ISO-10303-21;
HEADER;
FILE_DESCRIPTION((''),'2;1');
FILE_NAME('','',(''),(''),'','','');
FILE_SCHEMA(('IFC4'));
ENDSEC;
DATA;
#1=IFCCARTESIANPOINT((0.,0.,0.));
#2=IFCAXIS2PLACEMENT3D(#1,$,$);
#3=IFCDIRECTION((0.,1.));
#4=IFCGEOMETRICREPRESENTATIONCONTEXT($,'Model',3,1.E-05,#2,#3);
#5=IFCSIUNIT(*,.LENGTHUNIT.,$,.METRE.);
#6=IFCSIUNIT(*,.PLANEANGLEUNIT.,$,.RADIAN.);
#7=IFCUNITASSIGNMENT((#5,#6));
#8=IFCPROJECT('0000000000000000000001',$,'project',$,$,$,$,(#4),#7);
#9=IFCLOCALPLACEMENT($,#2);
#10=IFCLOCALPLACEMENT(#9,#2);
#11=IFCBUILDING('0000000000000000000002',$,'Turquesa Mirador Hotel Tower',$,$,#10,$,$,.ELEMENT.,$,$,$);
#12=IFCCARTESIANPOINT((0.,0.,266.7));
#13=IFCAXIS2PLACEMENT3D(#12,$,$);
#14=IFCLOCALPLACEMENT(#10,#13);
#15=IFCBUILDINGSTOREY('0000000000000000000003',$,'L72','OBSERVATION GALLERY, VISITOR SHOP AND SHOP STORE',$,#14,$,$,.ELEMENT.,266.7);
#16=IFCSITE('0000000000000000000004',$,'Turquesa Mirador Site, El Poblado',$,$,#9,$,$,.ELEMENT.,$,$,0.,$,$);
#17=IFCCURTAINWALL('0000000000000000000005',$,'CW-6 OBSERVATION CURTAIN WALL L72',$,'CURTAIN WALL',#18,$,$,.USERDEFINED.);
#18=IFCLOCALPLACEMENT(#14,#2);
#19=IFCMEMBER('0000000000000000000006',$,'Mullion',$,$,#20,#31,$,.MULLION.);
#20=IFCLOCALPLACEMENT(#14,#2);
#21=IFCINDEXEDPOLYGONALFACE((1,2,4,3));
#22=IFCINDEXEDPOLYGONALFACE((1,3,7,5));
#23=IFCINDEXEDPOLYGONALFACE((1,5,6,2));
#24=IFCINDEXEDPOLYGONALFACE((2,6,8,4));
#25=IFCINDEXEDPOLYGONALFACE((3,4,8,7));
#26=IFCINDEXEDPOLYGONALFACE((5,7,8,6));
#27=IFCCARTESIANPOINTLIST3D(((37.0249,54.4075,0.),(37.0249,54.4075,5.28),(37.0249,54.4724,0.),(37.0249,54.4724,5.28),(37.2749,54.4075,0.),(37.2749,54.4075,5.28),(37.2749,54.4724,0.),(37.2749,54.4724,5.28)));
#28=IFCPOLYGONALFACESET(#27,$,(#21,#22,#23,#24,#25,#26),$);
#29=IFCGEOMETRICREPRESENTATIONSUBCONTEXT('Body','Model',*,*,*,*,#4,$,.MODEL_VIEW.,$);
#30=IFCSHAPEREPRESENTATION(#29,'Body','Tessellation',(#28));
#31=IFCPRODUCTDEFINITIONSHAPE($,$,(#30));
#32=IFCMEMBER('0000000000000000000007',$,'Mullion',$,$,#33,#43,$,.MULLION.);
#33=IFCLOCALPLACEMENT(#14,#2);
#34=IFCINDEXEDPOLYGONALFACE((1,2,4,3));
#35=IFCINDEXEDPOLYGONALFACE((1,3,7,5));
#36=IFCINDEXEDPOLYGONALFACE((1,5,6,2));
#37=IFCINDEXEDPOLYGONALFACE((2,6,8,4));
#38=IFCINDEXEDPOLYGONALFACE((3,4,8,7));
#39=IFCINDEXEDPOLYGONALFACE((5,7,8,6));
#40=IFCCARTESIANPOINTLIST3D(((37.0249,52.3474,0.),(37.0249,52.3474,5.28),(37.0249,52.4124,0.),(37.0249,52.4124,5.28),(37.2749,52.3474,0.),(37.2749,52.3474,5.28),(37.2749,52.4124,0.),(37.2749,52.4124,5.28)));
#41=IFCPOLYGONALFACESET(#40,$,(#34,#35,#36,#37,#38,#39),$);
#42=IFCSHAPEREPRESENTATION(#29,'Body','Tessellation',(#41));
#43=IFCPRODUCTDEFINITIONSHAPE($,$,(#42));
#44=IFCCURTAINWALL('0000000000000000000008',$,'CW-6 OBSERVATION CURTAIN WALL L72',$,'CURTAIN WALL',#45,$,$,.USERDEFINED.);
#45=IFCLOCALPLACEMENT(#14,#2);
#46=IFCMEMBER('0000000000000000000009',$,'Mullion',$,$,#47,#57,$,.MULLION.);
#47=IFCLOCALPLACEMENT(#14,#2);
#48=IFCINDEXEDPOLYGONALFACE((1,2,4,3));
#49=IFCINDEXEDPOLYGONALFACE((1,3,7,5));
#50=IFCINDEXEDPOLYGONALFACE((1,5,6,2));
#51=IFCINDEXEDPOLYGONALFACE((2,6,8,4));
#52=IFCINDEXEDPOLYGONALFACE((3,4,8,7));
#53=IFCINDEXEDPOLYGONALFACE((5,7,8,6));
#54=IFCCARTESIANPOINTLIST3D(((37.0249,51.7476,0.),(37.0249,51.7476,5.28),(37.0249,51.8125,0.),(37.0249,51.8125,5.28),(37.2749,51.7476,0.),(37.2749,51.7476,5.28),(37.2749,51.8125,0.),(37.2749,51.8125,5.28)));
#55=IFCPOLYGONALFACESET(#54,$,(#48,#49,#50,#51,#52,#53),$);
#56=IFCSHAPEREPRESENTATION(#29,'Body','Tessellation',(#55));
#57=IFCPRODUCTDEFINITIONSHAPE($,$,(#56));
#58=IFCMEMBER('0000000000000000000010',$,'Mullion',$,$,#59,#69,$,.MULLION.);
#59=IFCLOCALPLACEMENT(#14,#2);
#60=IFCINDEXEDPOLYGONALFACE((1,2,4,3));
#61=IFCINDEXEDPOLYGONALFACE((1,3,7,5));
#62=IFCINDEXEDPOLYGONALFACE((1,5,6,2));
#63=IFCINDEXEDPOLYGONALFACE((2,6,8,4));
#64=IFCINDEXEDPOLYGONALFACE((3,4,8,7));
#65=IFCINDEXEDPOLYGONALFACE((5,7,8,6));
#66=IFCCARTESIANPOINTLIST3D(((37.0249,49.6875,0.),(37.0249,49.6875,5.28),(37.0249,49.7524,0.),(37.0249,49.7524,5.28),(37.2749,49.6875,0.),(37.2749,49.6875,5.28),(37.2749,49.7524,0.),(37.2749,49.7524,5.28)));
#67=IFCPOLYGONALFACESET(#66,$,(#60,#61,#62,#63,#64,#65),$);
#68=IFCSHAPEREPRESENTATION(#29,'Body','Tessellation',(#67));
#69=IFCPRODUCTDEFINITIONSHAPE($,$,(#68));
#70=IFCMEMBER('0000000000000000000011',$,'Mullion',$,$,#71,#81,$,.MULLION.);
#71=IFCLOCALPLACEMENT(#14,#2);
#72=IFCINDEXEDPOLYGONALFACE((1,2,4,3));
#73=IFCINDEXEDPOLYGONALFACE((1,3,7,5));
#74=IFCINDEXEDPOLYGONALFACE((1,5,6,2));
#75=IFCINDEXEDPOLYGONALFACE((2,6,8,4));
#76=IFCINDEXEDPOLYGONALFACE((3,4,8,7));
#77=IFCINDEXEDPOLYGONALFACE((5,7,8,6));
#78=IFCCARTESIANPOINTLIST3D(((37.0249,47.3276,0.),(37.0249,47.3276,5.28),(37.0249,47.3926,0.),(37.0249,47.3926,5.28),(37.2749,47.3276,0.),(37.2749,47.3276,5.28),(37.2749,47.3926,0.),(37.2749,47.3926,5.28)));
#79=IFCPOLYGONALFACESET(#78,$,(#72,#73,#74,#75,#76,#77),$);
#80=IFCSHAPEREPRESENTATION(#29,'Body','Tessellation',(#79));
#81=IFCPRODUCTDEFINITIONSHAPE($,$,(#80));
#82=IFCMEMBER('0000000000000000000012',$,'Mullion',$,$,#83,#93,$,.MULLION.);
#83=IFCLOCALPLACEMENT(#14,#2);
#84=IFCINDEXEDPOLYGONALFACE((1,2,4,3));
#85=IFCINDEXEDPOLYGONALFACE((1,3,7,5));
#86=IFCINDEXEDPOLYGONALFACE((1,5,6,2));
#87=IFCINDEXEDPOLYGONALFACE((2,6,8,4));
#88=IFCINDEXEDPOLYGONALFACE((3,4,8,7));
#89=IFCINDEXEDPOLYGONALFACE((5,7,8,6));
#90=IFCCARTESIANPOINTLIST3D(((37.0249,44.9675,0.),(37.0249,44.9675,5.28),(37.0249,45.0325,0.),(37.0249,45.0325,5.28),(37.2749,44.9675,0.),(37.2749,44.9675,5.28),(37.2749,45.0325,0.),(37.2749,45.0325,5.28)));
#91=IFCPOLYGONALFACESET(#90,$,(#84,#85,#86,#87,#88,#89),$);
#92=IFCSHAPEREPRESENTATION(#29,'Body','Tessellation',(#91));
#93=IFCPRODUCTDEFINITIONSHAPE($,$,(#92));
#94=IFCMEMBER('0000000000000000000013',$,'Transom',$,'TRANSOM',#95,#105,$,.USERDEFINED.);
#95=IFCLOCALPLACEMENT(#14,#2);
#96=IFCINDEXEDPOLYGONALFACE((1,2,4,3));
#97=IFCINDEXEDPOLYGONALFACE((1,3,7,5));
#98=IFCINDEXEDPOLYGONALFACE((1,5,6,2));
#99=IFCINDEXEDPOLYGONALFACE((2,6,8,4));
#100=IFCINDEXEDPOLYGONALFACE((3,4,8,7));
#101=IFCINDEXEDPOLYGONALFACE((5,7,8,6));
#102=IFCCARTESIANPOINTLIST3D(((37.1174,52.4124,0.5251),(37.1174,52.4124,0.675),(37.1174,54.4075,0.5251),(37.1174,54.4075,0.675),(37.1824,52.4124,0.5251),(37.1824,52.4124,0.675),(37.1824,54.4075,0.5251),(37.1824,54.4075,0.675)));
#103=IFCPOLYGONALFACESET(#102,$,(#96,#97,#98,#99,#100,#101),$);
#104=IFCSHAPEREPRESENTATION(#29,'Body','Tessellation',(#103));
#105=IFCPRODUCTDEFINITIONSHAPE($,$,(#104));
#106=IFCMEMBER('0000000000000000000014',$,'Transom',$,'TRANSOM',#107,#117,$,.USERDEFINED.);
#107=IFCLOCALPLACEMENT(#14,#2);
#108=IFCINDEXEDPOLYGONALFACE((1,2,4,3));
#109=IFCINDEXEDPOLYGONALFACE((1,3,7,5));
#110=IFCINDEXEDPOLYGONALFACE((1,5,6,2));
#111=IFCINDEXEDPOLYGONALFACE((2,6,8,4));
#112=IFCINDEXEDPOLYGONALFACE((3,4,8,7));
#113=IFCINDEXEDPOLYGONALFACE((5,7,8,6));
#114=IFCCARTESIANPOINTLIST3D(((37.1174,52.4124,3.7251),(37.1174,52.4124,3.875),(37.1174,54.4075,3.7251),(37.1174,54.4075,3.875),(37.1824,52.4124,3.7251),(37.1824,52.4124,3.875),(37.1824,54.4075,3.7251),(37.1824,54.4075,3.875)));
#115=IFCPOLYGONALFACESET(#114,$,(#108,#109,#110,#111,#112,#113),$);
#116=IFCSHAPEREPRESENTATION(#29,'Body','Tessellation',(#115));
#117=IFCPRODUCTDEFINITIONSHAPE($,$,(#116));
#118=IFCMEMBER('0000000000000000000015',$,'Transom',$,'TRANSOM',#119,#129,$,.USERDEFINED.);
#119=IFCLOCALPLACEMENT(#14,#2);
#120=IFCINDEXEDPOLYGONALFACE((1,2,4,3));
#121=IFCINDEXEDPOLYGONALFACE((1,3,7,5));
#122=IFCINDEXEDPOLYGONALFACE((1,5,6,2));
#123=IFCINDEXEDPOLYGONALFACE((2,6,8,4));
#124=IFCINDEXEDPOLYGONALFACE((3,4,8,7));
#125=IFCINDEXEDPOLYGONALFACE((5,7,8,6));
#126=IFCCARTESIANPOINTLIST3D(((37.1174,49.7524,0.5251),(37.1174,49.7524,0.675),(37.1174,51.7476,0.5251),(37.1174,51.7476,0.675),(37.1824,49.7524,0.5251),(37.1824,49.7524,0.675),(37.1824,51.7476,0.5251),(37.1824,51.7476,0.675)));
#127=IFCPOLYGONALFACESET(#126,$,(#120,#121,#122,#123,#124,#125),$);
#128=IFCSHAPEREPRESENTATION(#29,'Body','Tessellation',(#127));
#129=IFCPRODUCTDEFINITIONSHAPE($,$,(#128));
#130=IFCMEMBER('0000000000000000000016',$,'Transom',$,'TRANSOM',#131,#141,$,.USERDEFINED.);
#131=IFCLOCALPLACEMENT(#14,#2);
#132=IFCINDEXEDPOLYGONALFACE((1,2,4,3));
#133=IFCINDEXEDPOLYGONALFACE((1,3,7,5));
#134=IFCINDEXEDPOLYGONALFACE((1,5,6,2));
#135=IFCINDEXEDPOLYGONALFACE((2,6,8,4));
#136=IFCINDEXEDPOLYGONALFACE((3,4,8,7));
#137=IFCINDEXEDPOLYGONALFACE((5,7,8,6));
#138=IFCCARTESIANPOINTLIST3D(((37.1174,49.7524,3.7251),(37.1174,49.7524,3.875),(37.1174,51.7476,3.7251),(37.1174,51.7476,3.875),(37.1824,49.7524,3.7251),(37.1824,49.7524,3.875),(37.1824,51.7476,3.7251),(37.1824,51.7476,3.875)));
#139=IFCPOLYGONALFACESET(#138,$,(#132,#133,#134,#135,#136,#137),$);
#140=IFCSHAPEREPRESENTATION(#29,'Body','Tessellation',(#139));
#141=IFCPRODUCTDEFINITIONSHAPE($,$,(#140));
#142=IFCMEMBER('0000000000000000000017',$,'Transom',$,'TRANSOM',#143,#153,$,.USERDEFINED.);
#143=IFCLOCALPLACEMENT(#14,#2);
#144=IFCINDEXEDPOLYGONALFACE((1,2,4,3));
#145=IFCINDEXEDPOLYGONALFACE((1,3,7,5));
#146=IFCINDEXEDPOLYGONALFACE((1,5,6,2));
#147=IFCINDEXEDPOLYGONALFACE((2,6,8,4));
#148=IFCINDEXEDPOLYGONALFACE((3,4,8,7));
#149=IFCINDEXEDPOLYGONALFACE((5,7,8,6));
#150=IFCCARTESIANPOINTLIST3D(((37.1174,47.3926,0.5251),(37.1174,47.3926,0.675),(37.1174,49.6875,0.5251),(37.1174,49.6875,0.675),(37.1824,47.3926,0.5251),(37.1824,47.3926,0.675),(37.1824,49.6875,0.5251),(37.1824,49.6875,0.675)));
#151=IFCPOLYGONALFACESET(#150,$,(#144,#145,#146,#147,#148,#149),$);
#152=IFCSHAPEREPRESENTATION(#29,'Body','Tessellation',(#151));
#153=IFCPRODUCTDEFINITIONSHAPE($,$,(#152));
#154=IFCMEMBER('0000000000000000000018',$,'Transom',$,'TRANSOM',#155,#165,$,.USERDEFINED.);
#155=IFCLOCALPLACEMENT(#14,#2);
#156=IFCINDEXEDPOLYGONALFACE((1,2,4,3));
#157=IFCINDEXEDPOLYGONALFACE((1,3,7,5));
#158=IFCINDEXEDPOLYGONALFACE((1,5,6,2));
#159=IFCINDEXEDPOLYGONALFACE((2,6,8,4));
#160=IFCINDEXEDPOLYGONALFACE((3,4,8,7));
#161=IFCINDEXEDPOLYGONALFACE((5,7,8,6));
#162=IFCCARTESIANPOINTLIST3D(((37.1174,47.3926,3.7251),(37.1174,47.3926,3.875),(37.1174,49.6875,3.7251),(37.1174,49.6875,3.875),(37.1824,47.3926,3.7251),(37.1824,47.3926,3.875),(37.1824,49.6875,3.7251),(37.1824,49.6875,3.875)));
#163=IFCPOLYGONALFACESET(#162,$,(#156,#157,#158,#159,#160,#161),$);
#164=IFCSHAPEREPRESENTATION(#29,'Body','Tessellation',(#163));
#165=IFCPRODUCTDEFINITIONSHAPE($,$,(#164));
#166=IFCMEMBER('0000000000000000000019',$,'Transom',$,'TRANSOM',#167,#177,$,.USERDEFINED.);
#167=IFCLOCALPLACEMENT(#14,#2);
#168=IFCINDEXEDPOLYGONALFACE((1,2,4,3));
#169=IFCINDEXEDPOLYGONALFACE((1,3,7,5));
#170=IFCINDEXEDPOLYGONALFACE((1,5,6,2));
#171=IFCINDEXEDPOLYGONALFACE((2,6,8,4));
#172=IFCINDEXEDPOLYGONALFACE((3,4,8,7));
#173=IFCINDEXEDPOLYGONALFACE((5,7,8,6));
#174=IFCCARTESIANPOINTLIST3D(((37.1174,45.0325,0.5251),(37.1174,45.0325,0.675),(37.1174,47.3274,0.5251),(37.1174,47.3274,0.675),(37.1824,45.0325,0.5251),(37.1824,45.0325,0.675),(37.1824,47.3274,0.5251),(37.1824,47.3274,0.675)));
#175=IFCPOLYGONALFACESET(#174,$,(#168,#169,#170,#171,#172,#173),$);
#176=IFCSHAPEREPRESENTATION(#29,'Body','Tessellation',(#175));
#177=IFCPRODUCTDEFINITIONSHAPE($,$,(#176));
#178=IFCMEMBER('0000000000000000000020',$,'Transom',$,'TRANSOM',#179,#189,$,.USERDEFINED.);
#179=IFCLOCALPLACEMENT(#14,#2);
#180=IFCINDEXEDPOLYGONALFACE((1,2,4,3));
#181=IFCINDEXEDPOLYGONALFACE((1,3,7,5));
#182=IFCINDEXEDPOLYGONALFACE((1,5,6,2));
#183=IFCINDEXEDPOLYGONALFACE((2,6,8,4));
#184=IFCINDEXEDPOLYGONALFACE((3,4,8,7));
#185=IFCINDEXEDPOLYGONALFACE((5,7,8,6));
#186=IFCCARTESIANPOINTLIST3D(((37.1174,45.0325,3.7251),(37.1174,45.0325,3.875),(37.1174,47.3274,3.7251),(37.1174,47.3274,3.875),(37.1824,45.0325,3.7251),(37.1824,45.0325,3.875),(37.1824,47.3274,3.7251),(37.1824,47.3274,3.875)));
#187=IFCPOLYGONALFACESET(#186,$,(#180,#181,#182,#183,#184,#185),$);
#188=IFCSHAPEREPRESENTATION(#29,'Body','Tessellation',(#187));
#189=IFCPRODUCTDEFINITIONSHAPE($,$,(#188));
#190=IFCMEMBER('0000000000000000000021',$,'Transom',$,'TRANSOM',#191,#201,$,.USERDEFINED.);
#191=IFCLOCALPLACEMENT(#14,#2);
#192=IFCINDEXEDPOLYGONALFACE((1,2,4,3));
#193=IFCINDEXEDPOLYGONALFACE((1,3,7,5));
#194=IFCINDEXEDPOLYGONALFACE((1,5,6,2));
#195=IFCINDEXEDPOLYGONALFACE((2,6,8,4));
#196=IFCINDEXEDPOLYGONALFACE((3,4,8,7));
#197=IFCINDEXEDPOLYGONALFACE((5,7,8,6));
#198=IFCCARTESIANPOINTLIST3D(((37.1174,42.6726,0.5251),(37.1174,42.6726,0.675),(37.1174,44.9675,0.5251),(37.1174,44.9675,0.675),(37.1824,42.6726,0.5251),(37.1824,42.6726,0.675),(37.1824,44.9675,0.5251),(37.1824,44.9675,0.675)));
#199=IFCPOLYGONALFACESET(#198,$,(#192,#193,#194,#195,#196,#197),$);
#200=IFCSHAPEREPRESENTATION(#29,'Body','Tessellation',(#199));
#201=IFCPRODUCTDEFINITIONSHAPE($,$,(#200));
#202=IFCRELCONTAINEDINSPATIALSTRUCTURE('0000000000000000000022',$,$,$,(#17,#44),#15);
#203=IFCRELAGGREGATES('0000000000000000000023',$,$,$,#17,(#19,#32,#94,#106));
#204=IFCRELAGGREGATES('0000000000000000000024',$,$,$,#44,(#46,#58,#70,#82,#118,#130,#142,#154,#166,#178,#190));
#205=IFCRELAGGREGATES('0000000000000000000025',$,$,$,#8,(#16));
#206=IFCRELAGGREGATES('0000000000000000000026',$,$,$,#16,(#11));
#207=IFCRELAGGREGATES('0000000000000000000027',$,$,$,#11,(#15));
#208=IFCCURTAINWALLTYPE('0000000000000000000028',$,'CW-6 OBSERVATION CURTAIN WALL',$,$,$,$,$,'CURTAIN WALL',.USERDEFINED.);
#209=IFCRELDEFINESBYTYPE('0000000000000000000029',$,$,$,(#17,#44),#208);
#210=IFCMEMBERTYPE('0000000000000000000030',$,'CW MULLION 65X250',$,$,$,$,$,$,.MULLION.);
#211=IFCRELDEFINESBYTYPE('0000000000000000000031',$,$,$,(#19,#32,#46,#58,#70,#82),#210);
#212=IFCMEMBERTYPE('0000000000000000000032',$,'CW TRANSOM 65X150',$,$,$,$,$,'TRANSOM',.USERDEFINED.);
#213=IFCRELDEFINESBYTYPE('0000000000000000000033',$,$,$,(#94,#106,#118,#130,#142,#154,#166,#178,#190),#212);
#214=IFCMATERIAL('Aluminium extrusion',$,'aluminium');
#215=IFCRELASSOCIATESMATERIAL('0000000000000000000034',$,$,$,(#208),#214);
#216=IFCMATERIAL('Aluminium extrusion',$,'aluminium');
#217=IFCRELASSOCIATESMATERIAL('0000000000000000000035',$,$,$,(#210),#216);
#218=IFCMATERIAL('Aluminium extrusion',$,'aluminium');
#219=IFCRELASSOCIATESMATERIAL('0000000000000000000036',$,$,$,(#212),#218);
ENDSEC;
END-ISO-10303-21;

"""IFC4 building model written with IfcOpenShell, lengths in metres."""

from ifc_helpers import new_model, si_unit, direction, frame, origin, origin_2d, place, context, subcontext, project, spatial, rectangle, extrude, material, material_profile, profile_set, type_object, element, aggregate, save


model = new_model("IFC4")

# Units and contexts
model_context = context("Model", 3, precision=1e-05, world=origin(), true_north=direction((0.0, 1.0)))
body_context = subcontext(model_context, "Body", "Model", "MODEL_VIEW")
ifc_project = project(units=[si_unit("LENGTHUNIT", "METRE"), si_unit("PLANEANGLEUNIT", "RADIAN")], contexts=[model_context])

# Site, building, storey
site_placement = place(None, origin())
site = spatial("IfcSite", under=ifc_project, at=site_placement, Name="Turquesa Mirador Site, El Poblado", CompositionType="ELEMENT", RefElevation=0.0)
building_placement = place(site_placement, origin())
building = spatial("IfcBuilding", under=site, at=building_placement, Name="Turquesa Mirador Hotel Tower", CompositionType="ELEMENT")
storey_placement = place(building_placement, frame((0.0, 0.0, 266.7)))
storey = spatial("IfcBuildingStorey", under=building, at=storey_placement, Name="L72", Description="OBSERVATION GALLERY, VISITOR SHOP AND SHOP STORE", CompositionType="ELEMENT", Elevation=266.7)

# Curtain walls, members
ifc_material_1 = material(Name="Aluminium extrusion", Category="aluminium")
curtain_wall_type = type_object("IfcCurtainWallType", Name="CW-6 OBSERVATION CURTAIN WALL", ElementType="CURTAIN WALL", PredefinedType="USERDEFINED", material=ifc_material_1)
curtain_wall_1_placement = place(storey_placement, origin())
curtain_wall_1 = element("IfcCurtainWall", 1, at=curtain_wall_1_placement, inside=storey, type_object=curtain_wall_type, Name="CW-6 OBSERVATION CURTAIN WALL L72", ObjectType="CURTAIN WALL", PredefinedType="USERDEFINED")
ifc_material_2 = material(Name="Aluminium extrusion", Category="aluminium")
ifc_material_profile_1 = material_profile(ifc_material_2, rectangle(XDim=0.0649, YDim=0.25, at=origin_2d()), Name="MULLION 65X250")
ifc_profile_set_1 = profile_set([ifc_material_profile_1], Name="Aluminium extrusion")
member_type_1 = type_object("IfcMemberType", Name="CW MULLION 65X250", PredefinedType="MULLION", material=ifc_profile_set_1)
member_1_placement = place(storey_placement, frame((37.1499, 54.4399, 0.0), z_axis=(0.0, 0.0, 1.0), x_axis=(0.0, -1.0, 0.0)))
member_1 = element("IfcMember", 2, at=member_1_placement, type_object=member_type_1, Name="Mullion", PredefinedType="MULLION", context=body_context, shape_type="SweptSolid", body=[
    extrude(rectangle(XDim=0.0649, YDim=0.25, at=origin_2d()), origin(), (0.0, 0.0, 1.0), 5.28),
])
member_2_placement = place(storey_placement, frame((37.1499, 52.3799, 0.0), z_axis=(0.0, 0.0, 1.0), x_axis=(0.0, -1.0, 0.0)))
member_2 = element("IfcMember", 3, at=member_2_placement, type_object=member_type_1, Name="Mullion", PredefinedType="MULLION", context=body_context, shape_type="SweptSolid", body=[
    extrude(rectangle(XDim=0.0649, YDim=0.25, at=origin_2d()), origin(), (0.0, 0.0, 1.0), 5.28),
])
curtain_wall_2_placement = place(storey_placement, origin())
curtain_wall_2 = element("IfcCurtainWall", 4, at=curtain_wall_2_placement, inside=storey, type_object=curtain_wall_type, Name="CW-6 OBSERVATION CURTAIN WALL L72", ObjectType="CURTAIN WALL", PredefinedType="USERDEFINED")
member_3_placement = place(storey_placement, frame((37.1499, 51.78, 0.0), z_axis=(0.0, 0.0, 1.0), x_axis=(0.0, -1.0, 0.0)))
member_3 = element("IfcMember", 5, at=member_3_placement, type_object=member_type_1, Name="Mullion", PredefinedType="MULLION", context=body_context, shape_type="SweptSolid", body=[
    extrude(rectangle(XDim=0.0649, YDim=0.25, at=origin_2d()), origin(), (0.0, 0.0, 1.0), 5.28),
])
member_4_placement = place(storey_placement, frame((37.1499, 49.72, 0.0), z_axis=(0.0, 0.0, 1.0), x_axis=(0.0, -1.0, 0.0)))
member_4 = element("IfcMember", 6, at=member_4_placement, type_object=member_type_1, Name="Mullion", PredefinedType="MULLION", context=body_context, shape_type="SweptSolid", body=[
    extrude(rectangle(XDim=0.0649, YDim=0.25, at=origin_2d()), origin(), (0.0, 0.0, 1.0), 5.28),
])
member_5_placement = place(storey_placement, frame((37.1499, 47.3601, 0.0), z_axis=(0.0, 0.0, 1.0), x_axis=(0.0, -1.0, 0.0)))
member_5 = element("IfcMember", 7, at=member_5_placement, type_object=member_type_1, Name="Mullion", PredefinedType="MULLION", context=body_context, shape_type="SweptSolid", body=[
    extrude(rectangle(XDim=0.0649, YDim=0.25, at=origin_2d()), origin(), (0.0, 0.0, 1.0), 5.28),
])
member_6_placement = place(storey_placement, frame((37.1499, 45.0, 0.0), z_axis=(0.0, 0.0, 1.0), x_axis=(0.0, -1.0, 0.0)))
member_6 = element("IfcMember", 8, at=member_6_placement, type_object=member_type_1, Name="Mullion", PredefinedType="MULLION", context=body_context, shape_type="SweptSolid", body=[
    extrude(rectangle(XDim=0.0649, YDim=0.25, at=origin_2d()), origin(), (0.0, 0.0, 1.0), 5.28),
])

# Members
ifc_material_3 = material(Name="Aluminium extrusion", Category="aluminium")
ifc_material_profile_2 = material_profile(ifc_material_3, rectangle(XDim=0.0649, YDim=0.1499, at=origin_2d()), Name="TRANSOM 65X150")
ifc_profile_set_2 = profile_set([ifc_material_profile_2], Name="Aluminium extrusion")
member_type_2 = type_object("IfcMemberType", Name="CW TRANSOM 65X150", ElementType="TRANSOM", PredefinedType="USERDEFINED", material=ifc_profile_set_2)
member_7_placement = place(storey_placement, frame((37.1499, 54.4075, 0.6001), z_axis=(0.0, -1.0, 0.0), x_axis=(1.0, 0.0, 0.0)))
member_7 = element("IfcMember", 9, at=member_7_placement, type_object=member_type_2, Name="Transom", ObjectType="TRANSOM", PredefinedType="USERDEFINED", context=body_context, shape_type="SweptSolid", body=[
    extrude(rectangle(XDim=0.0649, YDim=0.1499, at=origin_2d()), origin(), (0.0, 0.0, 1.0), 1.9951),
])
member_8_placement = place(storey_placement, frame((37.1499, 54.4075, 3.8), z_axis=(0.0, -1.0, 0.0), x_axis=(1.0, 0.0, 0.0)))
member_8 = element("IfcMember", 10, at=member_8_placement, type_object=member_type_2, Name="Transom", ObjectType="TRANSOM", PredefinedType="USERDEFINED", context=body_context, shape_type="SweptSolid", body=[
    extrude(rectangle(XDim=0.0649, YDim=0.1499, at=origin_2d()), origin(), (0.0, 0.0, 1.0), 1.9951),
])
member_9_placement = place(storey_placement, frame((37.1499, 51.7476, 0.6001), z_axis=(0.0, -1.0, 0.0), x_axis=(1.0, 0.0, 0.0)))
member_9 = element("IfcMember", 11, at=member_9_placement, type_object=member_type_2, Name="Transom", ObjectType="TRANSOM", PredefinedType="USERDEFINED", context=body_context, shape_type="SweptSolid", body=[
    extrude(rectangle(XDim=0.0649, YDim=0.1499, at=origin_2d()), origin(), (0.0, 0.0, 1.0), 1.9951),
])
member_10_placement = place(storey_placement, frame((37.1499, 51.7476, 3.8), z_axis=(0.0, -1.0, 0.0), x_axis=(1.0, 0.0, 0.0)))
member_10 = element("IfcMember", 12, at=member_10_placement, type_object=member_type_2, Name="Transom", ObjectType="TRANSOM", PredefinedType="USERDEFINED", context=body_context, shape_type="SweptSolid", body=[
    extrude(rectangle(XDim=0.0649, YDim=0.1499, at=origin_2d()), origin(), (0.0, 0.0, 1.0), 1.9951),
])
member_11_placement = place(storey_placement, frame((37.1499, 49.6875, 0.6001), z_axis=(0.0, -1.0, 0.0), x_axis=(1.0, 0.0, 0.0)))
member_11 = element("IfcMember", 13, at=member_11_placement, type_object=member_type_2, Name="Transom", ObjectType="TRANSOM", PredefinedType="USERDEFINED", context=body_context, shape_type="SweptSolid", body=[
    extrude(rectangle(XDim=0.0649, YDim=0.1499, at=origin_2d()), origin(), (0.0, 0.0, 1.0), 2.2949),
])
member_12_placement = place(storey_placement, frame((37.1499, 49.6875, 3.8), z_axis=(0.0, -1.0, 0.0), x_axis=(1.0, 0.0, 0.0)))
member_12 = element("IfcMember", 14, at=member_12_placement, type_object=member_type_2, Name="Transom", ObjectType="TRANSOM", PredefinedType="USERDEFINED", context=body_context, shape_type="SweptSolid", body=[
    extrude(rectangle(XDim=0.0649, YDim=0.1499, at=origin_2d()), origin(), (0.0, 0.0, 1.0), 2.2949),
])
member_13_placement = place(storey_placement, frame((37.1499, 47.3274, 0.6001), z_axis=(0.0, -1.0, 0.0), x_axis=(1.0, 0.0, 0.0)))
member_13 = element("IfcMember", 15, at=member_13_placement, type_object=member_type_2, Name="Transom", ObjectType="TRANSOM", PredefinedType="USERDEFINED", context=body_context, shape_type="SweptSolid", body=[
    extrude(rectangle(XDim=0.0649, YDim=0.1499, at=origin_2d()), origin(), (0.0, 0.0, 1.0), 2.2949),
])
member_14_placement = place(storey_placement, frame((37.1499, 47.3274, 3.8), z_axis=(0.0, -1.0, 0.0), x_axis=(1.0, 0.0, 0.0)))
member_14 = element("IfcMember", 16, at=member_14_placement, type_object=member_type_2, Name="Transom", ObjectType="TRANSOM", PredefinedType="USERDEFINED", context=body_context, shape_type="SweptSolid", body=[
    extrude(rectangle(XDim=0.0649, YDim=0.1499, at=origin_2d()), origin(), (0.0, 0.0, 1.0), 2.2949),
])
member_15_placement = place(storey_placement, frame((37.1499, 44.9675, 0.6001), z_axis=(0.0, -1.0, 0.0), x_axis=(1.0, 0.0, 0.0)))
member_15 = element("IfcMember", 17, at=member_15_placement, type_object=member_type_2, Name="Transom", ObjectType="TRANSOM", PredefinedType="USERDEFINED", context=body_context, shape_type="SweptSolid", body=[
    extrude(rectangle(XDim=0.0649, YDim=0.1499, at=origin_2d()), origin(), (0.0, 0.0, 1.0), 2.2949),
])

aggregate(curtain_wall_1, [member_1, member_2, member_7, member_8])
aggregate(curtain_wall_2, [member_3, member_4, member_5, member_6, member_9, member_10, member_11, member_12, member_13, member_14, member_15])

save(model, "model.ifc")
